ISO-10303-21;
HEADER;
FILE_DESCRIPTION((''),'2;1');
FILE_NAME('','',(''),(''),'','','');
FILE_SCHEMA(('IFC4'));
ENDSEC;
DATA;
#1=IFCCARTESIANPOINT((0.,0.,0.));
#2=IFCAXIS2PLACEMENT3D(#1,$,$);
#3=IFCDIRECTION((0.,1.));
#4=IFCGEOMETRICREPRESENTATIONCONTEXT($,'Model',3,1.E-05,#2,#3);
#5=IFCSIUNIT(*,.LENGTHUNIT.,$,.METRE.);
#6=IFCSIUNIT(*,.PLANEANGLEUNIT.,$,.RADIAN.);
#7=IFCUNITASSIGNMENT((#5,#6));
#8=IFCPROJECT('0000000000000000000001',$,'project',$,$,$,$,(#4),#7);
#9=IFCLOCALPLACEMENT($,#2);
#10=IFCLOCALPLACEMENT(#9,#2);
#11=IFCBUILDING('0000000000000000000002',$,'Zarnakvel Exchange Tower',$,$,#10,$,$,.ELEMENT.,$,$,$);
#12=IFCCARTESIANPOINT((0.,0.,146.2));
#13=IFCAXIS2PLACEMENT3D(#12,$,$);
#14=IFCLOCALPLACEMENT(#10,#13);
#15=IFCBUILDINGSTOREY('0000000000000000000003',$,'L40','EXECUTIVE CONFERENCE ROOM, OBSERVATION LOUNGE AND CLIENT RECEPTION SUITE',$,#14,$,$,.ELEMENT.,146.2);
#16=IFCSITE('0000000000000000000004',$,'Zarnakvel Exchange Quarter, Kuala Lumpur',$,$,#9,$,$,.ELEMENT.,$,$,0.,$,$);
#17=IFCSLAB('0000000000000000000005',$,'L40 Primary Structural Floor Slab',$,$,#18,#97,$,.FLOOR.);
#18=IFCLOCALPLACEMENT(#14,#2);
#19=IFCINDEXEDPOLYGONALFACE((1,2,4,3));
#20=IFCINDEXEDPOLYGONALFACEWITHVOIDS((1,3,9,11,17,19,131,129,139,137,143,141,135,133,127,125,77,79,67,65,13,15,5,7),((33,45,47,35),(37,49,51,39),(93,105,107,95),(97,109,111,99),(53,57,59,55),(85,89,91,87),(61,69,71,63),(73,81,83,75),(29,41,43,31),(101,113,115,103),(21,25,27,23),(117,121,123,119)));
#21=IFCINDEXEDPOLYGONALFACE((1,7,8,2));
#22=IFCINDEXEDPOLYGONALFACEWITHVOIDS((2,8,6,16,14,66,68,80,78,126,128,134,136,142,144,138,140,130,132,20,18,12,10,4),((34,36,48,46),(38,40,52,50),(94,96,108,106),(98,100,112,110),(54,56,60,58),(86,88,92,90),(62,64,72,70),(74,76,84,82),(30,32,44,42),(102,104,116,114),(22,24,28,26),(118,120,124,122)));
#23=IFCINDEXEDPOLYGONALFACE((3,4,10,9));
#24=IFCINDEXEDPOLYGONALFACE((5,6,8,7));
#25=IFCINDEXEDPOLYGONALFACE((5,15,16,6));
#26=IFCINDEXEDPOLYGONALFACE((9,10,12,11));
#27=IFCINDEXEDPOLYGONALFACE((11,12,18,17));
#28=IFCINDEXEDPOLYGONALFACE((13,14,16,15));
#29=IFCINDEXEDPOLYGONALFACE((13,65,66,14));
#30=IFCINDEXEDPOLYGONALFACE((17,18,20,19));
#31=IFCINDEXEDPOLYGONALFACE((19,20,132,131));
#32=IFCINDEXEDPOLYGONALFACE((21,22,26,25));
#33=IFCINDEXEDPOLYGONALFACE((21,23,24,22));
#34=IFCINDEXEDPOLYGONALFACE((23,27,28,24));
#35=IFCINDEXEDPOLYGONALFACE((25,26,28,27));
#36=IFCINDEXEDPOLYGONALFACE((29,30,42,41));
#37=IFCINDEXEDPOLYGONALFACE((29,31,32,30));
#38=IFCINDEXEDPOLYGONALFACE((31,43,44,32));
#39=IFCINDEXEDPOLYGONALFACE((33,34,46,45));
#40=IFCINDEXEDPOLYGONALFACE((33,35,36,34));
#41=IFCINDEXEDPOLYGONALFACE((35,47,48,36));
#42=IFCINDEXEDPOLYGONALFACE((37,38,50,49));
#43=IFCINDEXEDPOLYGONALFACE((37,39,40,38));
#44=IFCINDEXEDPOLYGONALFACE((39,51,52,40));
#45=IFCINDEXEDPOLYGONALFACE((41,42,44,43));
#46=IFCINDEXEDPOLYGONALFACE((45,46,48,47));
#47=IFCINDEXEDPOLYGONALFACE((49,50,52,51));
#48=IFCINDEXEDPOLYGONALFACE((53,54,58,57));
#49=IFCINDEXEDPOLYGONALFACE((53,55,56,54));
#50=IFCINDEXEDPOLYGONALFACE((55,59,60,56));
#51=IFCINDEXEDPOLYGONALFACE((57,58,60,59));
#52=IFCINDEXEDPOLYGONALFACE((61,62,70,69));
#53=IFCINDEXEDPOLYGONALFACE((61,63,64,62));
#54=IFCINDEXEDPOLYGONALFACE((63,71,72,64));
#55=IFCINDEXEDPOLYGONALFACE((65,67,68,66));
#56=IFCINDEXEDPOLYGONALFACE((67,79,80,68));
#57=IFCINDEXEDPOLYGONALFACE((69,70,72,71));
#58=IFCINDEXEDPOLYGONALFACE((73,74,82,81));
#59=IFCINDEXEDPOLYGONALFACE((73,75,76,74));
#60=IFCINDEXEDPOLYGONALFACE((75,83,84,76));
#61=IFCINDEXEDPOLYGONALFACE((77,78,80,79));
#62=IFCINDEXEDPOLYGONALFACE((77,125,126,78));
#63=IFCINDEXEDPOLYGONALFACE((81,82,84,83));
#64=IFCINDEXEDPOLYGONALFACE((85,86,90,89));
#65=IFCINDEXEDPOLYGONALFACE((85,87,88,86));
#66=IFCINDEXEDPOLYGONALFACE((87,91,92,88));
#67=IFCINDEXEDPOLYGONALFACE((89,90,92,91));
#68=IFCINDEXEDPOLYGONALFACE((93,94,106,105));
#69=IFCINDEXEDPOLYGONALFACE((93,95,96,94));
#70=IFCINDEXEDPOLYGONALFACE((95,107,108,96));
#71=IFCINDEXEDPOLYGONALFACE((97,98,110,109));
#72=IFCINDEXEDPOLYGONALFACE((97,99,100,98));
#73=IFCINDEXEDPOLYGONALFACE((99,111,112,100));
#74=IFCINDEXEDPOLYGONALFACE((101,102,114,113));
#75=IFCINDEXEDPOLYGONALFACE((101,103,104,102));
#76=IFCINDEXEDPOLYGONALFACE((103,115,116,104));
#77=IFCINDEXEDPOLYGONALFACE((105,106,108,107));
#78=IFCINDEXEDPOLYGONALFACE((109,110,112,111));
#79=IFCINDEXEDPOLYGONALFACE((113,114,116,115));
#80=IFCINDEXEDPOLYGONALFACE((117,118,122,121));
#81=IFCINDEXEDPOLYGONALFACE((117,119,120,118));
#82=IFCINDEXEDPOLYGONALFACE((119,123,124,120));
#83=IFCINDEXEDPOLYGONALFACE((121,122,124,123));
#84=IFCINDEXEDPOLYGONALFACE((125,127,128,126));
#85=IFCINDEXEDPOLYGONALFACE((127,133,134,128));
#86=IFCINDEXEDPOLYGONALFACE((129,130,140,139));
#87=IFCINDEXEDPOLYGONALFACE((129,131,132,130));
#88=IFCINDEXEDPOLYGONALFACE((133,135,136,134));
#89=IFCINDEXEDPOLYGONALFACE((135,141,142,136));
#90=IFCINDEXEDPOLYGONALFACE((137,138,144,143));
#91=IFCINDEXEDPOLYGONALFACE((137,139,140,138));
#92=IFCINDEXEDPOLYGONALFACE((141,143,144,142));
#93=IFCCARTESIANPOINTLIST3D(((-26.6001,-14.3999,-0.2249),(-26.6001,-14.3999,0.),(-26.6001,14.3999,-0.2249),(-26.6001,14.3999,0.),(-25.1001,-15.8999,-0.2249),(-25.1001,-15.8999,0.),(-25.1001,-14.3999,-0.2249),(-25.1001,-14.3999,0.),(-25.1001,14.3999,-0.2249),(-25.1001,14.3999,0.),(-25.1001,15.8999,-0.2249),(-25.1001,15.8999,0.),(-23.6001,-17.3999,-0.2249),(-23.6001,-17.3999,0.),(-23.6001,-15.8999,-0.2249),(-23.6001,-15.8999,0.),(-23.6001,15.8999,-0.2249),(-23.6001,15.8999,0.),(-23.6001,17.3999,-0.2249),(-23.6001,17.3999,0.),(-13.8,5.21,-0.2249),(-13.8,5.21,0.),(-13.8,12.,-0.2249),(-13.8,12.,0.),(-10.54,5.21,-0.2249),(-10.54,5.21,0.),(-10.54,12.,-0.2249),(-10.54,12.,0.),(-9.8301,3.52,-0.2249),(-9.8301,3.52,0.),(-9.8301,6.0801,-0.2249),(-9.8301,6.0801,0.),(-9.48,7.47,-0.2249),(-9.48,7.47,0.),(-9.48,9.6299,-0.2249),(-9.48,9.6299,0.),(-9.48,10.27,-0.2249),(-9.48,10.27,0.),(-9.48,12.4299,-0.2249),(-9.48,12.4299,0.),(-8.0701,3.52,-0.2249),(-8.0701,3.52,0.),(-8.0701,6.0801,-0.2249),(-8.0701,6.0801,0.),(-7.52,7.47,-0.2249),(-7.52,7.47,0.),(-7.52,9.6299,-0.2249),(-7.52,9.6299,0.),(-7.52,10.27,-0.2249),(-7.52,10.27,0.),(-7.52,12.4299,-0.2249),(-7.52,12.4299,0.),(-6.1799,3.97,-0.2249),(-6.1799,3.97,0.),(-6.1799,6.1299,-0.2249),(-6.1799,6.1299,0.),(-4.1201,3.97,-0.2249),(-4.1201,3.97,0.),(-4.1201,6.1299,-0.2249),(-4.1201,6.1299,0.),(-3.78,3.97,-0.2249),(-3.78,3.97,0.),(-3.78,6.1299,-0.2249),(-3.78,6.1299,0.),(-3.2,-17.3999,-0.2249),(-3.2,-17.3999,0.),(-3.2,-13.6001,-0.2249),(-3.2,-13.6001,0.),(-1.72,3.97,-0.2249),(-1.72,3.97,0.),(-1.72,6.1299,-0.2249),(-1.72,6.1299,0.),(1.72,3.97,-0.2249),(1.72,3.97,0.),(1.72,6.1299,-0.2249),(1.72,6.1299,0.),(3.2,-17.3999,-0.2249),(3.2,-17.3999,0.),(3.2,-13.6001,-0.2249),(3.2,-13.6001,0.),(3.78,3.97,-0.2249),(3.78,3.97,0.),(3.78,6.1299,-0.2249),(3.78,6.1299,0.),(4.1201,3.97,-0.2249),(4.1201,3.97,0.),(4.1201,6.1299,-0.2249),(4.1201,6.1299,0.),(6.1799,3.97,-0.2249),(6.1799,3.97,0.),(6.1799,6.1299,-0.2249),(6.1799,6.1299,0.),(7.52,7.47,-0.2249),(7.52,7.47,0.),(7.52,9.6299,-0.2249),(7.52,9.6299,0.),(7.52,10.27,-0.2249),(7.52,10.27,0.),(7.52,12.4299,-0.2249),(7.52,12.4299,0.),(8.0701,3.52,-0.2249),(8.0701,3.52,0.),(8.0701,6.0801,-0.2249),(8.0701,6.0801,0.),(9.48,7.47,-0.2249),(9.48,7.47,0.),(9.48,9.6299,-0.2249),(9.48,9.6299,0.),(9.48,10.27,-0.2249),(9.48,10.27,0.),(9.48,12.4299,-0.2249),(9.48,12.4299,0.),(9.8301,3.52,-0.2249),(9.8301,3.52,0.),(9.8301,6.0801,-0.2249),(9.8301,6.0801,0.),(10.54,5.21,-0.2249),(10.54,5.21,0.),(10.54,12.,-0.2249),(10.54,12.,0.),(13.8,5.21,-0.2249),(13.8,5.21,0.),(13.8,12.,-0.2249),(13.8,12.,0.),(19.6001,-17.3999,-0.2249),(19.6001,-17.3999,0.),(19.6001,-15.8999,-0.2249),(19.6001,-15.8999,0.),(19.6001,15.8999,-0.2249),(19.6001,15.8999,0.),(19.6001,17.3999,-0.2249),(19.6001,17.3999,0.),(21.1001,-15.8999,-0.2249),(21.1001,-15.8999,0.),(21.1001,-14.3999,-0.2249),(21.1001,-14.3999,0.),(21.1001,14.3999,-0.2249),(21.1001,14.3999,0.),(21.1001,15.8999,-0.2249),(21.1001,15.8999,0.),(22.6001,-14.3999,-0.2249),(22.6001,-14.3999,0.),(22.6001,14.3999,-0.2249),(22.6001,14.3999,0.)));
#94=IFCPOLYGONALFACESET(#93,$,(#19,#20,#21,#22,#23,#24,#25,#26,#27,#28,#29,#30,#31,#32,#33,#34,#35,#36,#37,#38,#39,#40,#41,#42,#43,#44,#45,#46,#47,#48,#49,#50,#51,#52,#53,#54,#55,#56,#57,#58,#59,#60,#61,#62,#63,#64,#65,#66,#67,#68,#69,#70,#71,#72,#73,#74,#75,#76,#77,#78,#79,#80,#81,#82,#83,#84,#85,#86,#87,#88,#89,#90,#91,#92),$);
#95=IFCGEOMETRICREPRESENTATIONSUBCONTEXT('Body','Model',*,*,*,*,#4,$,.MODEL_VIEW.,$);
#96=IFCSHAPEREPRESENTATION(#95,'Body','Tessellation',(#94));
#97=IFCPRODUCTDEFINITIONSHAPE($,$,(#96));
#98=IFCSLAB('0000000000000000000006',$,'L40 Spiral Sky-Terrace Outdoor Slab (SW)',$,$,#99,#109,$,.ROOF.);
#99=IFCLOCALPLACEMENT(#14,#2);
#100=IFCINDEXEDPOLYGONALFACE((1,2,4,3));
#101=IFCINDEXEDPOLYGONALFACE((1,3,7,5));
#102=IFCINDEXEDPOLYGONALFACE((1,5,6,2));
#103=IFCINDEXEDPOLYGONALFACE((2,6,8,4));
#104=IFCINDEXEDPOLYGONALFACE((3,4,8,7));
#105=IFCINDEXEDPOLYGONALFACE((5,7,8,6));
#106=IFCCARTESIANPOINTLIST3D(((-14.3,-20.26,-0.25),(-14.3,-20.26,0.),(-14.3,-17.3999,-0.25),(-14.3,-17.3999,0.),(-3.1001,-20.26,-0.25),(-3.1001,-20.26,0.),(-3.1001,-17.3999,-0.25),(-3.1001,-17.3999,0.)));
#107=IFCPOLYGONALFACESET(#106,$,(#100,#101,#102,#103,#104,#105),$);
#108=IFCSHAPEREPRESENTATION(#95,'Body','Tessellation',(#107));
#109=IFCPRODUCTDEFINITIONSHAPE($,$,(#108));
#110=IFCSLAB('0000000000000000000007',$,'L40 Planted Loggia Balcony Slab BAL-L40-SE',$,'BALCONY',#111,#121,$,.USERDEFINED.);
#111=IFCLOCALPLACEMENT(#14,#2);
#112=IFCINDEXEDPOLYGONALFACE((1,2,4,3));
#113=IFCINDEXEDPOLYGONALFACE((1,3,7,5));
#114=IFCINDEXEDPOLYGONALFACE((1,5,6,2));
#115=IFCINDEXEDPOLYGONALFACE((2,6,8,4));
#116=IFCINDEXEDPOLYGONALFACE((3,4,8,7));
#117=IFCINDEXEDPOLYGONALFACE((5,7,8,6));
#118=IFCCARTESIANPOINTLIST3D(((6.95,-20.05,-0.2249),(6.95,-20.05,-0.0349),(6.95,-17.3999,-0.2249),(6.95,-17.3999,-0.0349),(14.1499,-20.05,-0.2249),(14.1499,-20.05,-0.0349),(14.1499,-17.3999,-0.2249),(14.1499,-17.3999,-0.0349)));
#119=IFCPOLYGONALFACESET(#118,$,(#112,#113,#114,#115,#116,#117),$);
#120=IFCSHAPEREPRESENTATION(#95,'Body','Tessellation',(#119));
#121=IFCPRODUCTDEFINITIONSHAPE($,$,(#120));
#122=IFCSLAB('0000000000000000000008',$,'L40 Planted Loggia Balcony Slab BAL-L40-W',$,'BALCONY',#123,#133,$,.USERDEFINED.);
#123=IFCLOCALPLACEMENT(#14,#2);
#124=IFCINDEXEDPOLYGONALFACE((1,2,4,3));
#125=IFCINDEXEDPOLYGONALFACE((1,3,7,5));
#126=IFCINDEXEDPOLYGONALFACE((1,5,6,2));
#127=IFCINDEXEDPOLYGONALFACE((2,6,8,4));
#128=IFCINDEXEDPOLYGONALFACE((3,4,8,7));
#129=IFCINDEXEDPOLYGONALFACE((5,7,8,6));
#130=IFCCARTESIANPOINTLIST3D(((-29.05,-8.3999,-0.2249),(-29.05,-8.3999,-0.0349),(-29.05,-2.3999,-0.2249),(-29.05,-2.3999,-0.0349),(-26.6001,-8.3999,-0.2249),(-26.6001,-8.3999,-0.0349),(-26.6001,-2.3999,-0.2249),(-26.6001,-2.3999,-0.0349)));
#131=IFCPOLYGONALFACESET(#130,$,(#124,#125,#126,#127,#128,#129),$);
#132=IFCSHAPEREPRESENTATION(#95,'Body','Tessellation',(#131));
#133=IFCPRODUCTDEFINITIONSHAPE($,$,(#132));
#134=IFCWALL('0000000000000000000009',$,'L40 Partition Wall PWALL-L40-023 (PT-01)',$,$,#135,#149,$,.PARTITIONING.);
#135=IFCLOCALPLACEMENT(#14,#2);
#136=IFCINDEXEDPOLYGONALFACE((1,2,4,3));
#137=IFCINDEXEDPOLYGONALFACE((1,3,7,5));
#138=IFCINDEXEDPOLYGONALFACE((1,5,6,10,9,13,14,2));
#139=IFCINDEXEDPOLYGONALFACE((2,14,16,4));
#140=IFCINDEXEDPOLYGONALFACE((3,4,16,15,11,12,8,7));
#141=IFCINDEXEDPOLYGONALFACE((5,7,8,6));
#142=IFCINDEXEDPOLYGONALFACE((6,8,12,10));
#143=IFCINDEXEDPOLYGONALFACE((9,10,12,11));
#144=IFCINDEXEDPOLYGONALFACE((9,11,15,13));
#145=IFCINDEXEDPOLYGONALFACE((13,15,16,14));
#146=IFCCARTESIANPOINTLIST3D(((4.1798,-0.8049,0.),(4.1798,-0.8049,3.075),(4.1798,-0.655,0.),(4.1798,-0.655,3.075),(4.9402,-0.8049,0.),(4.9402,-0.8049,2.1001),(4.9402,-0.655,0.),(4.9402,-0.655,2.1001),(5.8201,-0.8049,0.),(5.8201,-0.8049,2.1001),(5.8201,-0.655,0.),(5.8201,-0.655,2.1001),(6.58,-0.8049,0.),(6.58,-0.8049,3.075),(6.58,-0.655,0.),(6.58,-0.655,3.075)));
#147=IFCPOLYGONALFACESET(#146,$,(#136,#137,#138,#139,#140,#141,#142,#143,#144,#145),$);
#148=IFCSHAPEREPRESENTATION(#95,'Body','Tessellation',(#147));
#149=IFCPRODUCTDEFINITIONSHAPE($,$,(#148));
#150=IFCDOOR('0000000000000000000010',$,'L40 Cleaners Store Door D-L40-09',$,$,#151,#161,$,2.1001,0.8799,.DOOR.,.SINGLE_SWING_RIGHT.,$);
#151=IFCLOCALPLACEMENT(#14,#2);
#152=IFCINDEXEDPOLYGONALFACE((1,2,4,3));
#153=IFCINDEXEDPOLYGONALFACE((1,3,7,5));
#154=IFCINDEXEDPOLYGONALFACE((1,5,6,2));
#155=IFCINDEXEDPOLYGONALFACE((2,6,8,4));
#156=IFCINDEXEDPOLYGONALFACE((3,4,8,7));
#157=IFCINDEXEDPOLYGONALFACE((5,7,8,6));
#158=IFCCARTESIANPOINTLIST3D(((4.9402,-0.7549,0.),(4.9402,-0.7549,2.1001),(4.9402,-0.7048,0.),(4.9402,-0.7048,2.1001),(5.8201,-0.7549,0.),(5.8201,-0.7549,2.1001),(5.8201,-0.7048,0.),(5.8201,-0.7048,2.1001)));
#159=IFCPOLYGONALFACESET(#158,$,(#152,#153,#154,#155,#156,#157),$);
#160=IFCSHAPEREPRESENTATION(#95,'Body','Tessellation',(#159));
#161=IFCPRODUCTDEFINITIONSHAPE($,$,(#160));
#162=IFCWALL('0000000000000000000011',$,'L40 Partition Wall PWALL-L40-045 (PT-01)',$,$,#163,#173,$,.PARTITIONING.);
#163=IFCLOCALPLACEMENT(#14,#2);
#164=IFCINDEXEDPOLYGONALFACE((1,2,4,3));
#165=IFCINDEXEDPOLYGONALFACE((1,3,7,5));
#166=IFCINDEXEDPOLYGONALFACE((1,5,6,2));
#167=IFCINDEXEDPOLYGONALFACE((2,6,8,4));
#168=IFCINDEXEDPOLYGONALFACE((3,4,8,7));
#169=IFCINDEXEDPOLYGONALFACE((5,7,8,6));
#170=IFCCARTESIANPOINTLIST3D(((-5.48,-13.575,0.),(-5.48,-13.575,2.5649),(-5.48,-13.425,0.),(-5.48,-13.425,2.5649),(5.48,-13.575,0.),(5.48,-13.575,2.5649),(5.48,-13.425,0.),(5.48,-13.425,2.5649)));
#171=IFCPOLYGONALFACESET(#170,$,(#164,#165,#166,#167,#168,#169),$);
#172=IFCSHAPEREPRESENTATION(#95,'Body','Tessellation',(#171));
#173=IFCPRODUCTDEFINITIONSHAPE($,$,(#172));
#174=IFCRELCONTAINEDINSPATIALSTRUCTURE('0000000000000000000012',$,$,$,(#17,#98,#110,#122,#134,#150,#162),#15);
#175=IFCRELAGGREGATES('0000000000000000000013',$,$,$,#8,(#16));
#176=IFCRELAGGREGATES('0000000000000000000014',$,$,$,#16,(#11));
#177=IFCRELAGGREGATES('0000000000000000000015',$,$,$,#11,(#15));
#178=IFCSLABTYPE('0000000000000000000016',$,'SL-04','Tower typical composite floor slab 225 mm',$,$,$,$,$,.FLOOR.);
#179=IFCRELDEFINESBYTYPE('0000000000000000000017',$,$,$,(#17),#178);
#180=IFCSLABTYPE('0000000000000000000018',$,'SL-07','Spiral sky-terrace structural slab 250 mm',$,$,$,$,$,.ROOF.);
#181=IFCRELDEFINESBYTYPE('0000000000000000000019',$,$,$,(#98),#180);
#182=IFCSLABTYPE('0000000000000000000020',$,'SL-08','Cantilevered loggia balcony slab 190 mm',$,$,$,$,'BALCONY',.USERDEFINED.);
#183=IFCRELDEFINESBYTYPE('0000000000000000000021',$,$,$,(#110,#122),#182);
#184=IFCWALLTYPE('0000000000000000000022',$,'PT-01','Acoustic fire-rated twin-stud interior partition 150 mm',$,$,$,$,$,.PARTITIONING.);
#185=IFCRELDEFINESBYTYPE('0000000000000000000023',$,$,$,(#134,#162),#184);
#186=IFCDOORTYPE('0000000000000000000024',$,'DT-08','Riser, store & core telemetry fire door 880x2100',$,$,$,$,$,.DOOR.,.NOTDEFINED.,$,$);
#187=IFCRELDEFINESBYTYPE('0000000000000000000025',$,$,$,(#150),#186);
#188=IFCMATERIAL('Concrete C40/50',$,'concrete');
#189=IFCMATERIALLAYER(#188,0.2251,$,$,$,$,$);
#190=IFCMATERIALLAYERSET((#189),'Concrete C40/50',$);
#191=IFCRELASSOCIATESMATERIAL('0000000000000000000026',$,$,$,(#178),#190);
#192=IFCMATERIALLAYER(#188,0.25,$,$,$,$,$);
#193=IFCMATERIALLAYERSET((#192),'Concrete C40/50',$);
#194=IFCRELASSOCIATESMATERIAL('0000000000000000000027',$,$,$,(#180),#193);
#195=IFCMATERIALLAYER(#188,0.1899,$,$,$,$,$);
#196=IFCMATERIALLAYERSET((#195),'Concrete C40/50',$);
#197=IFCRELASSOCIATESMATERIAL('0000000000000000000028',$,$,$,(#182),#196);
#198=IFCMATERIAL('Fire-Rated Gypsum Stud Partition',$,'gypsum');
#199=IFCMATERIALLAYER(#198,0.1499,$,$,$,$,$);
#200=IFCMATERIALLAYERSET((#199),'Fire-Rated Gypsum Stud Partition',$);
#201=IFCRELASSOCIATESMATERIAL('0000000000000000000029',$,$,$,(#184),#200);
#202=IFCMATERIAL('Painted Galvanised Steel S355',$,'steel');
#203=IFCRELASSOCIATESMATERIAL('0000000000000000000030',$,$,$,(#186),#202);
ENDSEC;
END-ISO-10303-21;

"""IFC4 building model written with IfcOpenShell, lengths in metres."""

from ifc_helpers import new_model, si_unit, direction, frame, frame_2d, origin, place, context, subcontext, project, spatial, polyline, rectangle, outline, extrude, source, transform, mapped, material, layer, layer_set, type_object, element, fill, save


model = new_model("IFC4")

# Units and contexts
model_context = context("Model", 3, precision=1e-05, world=origin(), true_north=direction((0.0, 1.0)))
body_context = subcontext(model_context, "Body", "Model", "MODEL_VIEW")
ifc_project = project(units=[si_unit("LENGTHUNIT", "METRE"), si_unit("PLANEANGLEUNIT", "RADIAN")], contexts=[model_context])

# Site, building, storey
site_placement = place(None, origin())
site = spatial("IfcSite", under=ifc_project, at=site_placement, Name="Zarnakvel Exchange Quarter, Kuala Lumpur", CompositionType="ELEMENT", RefElevation=0.0)
building_placement = place(site_placement, origin())
building = spatial("IfcBuilding", under=site, at=building_placement, Name="Zarnakvel Exchange Tower", CompositionType="ELEMENT")
storey_placement = place(building_placement, frame((0.0, 0.0, 146.2)))
storey = spatial("IfcBuildingStorey", under=building, at=storey_placement, Name="L40", Description="EXECUTIVE CONFERENCE ROOM, OBSERVATION LOUNGE AND CLIENT RECEPTION SUITE", CompositionType="ELEMENT", Elevation=146.2)

# Shared definitions
ifc_material_1 = material(Name="Concrete C40/50", Category="concrete")

# Slabs
ifc_layer_1 = layer(ifc_material_1, 0.2251)
ifc_layer_set_1 = layer_set([ifc_layer_1], Name="Concrete C40/50")
slab_type_1 = type_object("IfcSlabType", Name="SL-04", Description="Tower typical composite floor slab 225 mm", PredefinedType="FLOOR", material=ifc_layer_set_1)
slab_1_placement = place(storey_placement, frame((0.0, 0.0, -0.2249)))
element("IfcSlab", 1, at=slab_1_placement, inside=storey, type_object=slab_type_1, Name="L40 Primary Structural Floor Slab", PredefinedType="FLOOR", context=body_context, shape_type="SweptSolid", body=[
    extrude(outline(polyline([(-26.6001, -14.3999), (-25.1001, -14.3999), (-25.1001, -15.8999), (-23.6001, -15.8999), (-23.6001, -17.3999), (-3.2, -17.3999), (-3.2, -13.6001), (3.2, -13.6001), (3.2, -17.3999), (19.6001, -17.3999), (19.6001, -15.8999), (21.1001, -15.8999), (21.1001, -14.3999), (22.6001, -14.3999), (22.6001, 14.3999), (21.1001, 14.3999), (21.1001, 15.8999), (19.6001, 15.8999), (19.6001, 17.3999), (-23.6001, 17.3999), (-23.6001, 15.8999), (-25.1001, 15.8999), (-25.1001, 14.3999), (-26.6001, 14.3999), (-26.6001, -14.3999)]), holes=[polyline([(-13.8, 5.21), (-10.54, 5.21), (-10.54, 12.0), (-13.8, 12.0), (-13.8, 5.21)]), polyline([(10.54, 5.21), (13.8, 5.21), (13.8, 12.0), (10.54, 12.0), (10.54, 5.21)]), polyline([(-9.8301, 3.52), (-8.0701, 3.52), (-8.0701, 6.0801), (-9.8301, 6.0801), (-9.8301, 3.52)]), polyline([(8.0701, 3.52), (9.8301, 3.52), (9.8301, 6.0801), (8.0701, 6.0801), (8.0701, 3.52)]), polyline([(-6.1799, 3.97), (-4.1201, 3.97), (-4.1201, 6.1299), (-6.1799, 6.1299), (-6.1799, 3.97)]), polyline([(-3.78, 3.97), (-1.72, 3.97), (-1.72, 6.1299), (-3.78, 6.1299), (-3.78, 3.97)]), polyline([(1.72, 3.97), (3.78, 3.97), (3.78, 6.1299), (1.72, 6.1299), (1.72, 3.97)]), polyline([(4.1201, 3.97), (6.1799, 3.97), (6.1799, 6.1299), (4.1201, 6.1299), (4.1201, 3.97)]), polyline([(-9.48, 7.47), (-7.52, 7.47), (-7.52, 9.6299), (-9.48, 9.6299), (-9.48, 7.47)]), polyline([(-9.48, 10.27), (-7.52, 10.27), (-7.52, 12.4299), (-9.48, 12.4299), (-9.48, 10.27)]), polyline([(7.52, 7.47), (9.48, 7.47), (9.48, 9.6299), (7.52, 9.6299), (7.52, 7.47)]), polyline([(7.52, 10.27), (9.48, 10.27), (9.48, 12.4299), (7.52, 12.4299), (7.52, 10.27)])]), origin(), (0.0, 0.0, 1.0), 0.2249),
])
ifc_layer_2 = layer(ifc_material_1, 0.25)
ifc_layer_set_2 = layer_set([ifc_layer_2], Name="Concrete C40/50")
slab_type_2 = type_object("IfcSlabType", Name="SL-07", Description="Spiral sky-terrace structural slab 250 mm", PredefinedType="ROOF", material=ifc_layer_set_2)
slab_2_placement = place(storey_placement, frame((0.0, 0.0, -0.25)))
element("IfcSlab", 2, at=slab_2_placement, inside=storey, type_object=slab_type_2, Name="L40 Spiral Sky-Terrace Outdoor Slab (SW)", PredefinedType="ROOF", context=body_context, shape_type="SweptSolid", body=[
    extrude(outline(polyline([(-14.3, -20.26), (-3.1001, -20.26), (-3.1001, -17.3999), (-14.3, -17.3999), (-14.3, -20.26)])), origin(), (0.0, 0.0, 1.0), 0.25),
])
ifc_layer_3 = layer(ifc_material_1, 0.1899)
ifc_layer_set_3 = layer_set([ifc_layer_3], Name="Concrete C40/50")
slab_type_3 = type_object("IfcSlabType", Name="SL-08", Description="Cantilevered loggia balcony slab 190 mm", ElementType="BALCONY", PredefinedType="USERDEFINED", material=ifc_layer_set_3)
slab_3_placement = place(storey_placement, frame((0.0, 0.0, -0.2249)))
element("IfcSlab", 3, at=slab_3_placement, inside=storey, type_object=slab_type_3, Name="L40 Planted Loggia Balcony Slab BAL-L40-SE", ObjectType="BALCONY", PredefinedType="USERDEFINED", context=body_context, shape_type="SweptSolid", body=[
    extrude(outline(polyline([(6.95, -20.05), (14.1499, -20.05), (14.1499, -17.3999), (6.95, -17.3999), (6.95, -20.05)])), origin(), (0.0, 0.0, 1.0), 0.1899),
])
slab_4_placement = place(storey_placement, frame((0.0, 0.0, -0.2249)))
element("IfcSlab", 4, at=slab_4_placement, inside=storey, type_object=slab_type_3, Name="L40 Planted Loggia Balcony Slab BAL-L40-W", ObjectType="BALCONY", PredefinedType="USERDEFINED", context=body_context, shape_type="SweptSolid", body=[
    extrude(outline(polyline([(-29.05, -8.3999), (-26.6001, -8.3999), (-26.6001, -2.3999), (-29.05, -2.3999), (-29.05, -8.3999)])), origin(), (0.0, 0.0, 1.0), 0.1899),
])

# Wall, opening, door
ifc_material_2 = material(Name="Fire-Rated Gypsum Stud Partition", Category="gypsum")
ifc_layer_4 = layer(ifc_material_2, 0.1499)
ifc_layer_set_4 = layer_set([ifc_layer_4], Name="Fire-Rated Gypsum Stud Partition")
wall_type_1 = type_object("IfcWallType", Name="PT-01", Description="Acoustic fire-rated twin-stud interior partition 150 mm", PredefinedType="PARTITIONING", material=ifc_layer_set_4)
wall_1_placement = place(storey_placement, frame((6.5801, -0.73, 0.0), z_axis=(0.0, 0.0, 1.0), x_axis=(-1.0, 0.0, 0.0)))
wall_1 = element("IfcWall", 5, at=wall_1_placement, inside=storey, type_object=wall_type_1, Name="L40 Partition Wall PWALL-L40-023 (PT-01)", PredefinedType="PARTITIONING", context=body_context, shape_type="SweptSolid", body=[
    extrude(rectangle(XDim=2.4001, YDim=0.1499, at=frame_2d((1.2002, 0.0))), origin(), (0.0, 0.0, 1.0), 3.075),
])
opening_1_placement = place(wall_1_placement, frame((0.76, 0.0, 0.0)))
opening_1 = element("IfcOpeningElement", 6, at=opening_1_placement, cuts=wall_1, PredefinedType="OPENING", context=body_context, shape_type="SweptSolid", body=[
    extrude(rectangle(XDim=0.8799, YDim=2.1001, at=frame_2d((0.4399, 1.05))), frame((0.0, 0.085, 0.0), z_axis=(0.0, -1.0, 0.0), x_axis=(1.0, 0.0, 0.0)), (0.0, 0.0, 1.0), 0.1699),
])
ifc_material_3 = material(Name="Painted Galvanised Steel S355", Category="steel")
door_type_1 = type_object("IfcDoorType", Name="DT-08", Description="Riser, store & core telemetry fire door 880x2100", OperationType="NOTDEFINED", PredefinedType="DOOR", material=ifc_material_3)
shared_shape_1 = source(origin(), body_context, "Body", "SweptSolid", [
    extrude(rectangle(XDim=0.8799, YDim=2.1001, at=frame_2d((0.4399, 1.05))), frame((0.0, 0.0249, 0.0), z_axis=(0.0, -1.0, 0.0), x_axis=(1.0, 0.0, 0.0)), (0.0, 0.0, 1.0), 0.05),
])
door_1_placement = place(opening_1_placement, origin())
door_1 = element("IfcDoor", 7, at=door_1_placement, inside=storey, type_object=door_type_1, Name="L40 Cleaners Store Door D-L40-09", OperationType="SINGLE_SWING_RIGHT", OverallHeight=2.1001, OverallWidth=0.8799, PredefinedType="DOOR", context=body_context, shape_type="MappedRepresentation", body=[
    mapped(shared_shape_1, transform((0.0, 0.0, 0.0), x_axis=(1.0, 0.0, 0.0), y_axis=(0.0, 1.0, 0.0), z_axis=(0.0, 0.0, 1.0), scale=1.0)),
])
fill(opening_1, door_1)

# Wall
wall_2_placement = place(storey_placement, frame((5.48, -13.5, 0.0), z_axis=(0.0, 0.0, 1.0), x_axis=(-1.0, 0.0, 0.0)))
element("IfcWall", 8, at=wall_2_placement, inside=storey, type_object=wall_type_1, Name="L40 Partition Wall PWALL-L40-045 (PT-01)", PredefinedType="PARTITIONING", context=body_context, shape_type="SweptSolid", body=[
    extrude(rectangle(XDim=10.96, YDim=0.1499, at=frame_2d((5.48, 0.0))), origin(), (0.0, 0.0, 1.0), 2.5649),
])

save(model, "model.ifc")
